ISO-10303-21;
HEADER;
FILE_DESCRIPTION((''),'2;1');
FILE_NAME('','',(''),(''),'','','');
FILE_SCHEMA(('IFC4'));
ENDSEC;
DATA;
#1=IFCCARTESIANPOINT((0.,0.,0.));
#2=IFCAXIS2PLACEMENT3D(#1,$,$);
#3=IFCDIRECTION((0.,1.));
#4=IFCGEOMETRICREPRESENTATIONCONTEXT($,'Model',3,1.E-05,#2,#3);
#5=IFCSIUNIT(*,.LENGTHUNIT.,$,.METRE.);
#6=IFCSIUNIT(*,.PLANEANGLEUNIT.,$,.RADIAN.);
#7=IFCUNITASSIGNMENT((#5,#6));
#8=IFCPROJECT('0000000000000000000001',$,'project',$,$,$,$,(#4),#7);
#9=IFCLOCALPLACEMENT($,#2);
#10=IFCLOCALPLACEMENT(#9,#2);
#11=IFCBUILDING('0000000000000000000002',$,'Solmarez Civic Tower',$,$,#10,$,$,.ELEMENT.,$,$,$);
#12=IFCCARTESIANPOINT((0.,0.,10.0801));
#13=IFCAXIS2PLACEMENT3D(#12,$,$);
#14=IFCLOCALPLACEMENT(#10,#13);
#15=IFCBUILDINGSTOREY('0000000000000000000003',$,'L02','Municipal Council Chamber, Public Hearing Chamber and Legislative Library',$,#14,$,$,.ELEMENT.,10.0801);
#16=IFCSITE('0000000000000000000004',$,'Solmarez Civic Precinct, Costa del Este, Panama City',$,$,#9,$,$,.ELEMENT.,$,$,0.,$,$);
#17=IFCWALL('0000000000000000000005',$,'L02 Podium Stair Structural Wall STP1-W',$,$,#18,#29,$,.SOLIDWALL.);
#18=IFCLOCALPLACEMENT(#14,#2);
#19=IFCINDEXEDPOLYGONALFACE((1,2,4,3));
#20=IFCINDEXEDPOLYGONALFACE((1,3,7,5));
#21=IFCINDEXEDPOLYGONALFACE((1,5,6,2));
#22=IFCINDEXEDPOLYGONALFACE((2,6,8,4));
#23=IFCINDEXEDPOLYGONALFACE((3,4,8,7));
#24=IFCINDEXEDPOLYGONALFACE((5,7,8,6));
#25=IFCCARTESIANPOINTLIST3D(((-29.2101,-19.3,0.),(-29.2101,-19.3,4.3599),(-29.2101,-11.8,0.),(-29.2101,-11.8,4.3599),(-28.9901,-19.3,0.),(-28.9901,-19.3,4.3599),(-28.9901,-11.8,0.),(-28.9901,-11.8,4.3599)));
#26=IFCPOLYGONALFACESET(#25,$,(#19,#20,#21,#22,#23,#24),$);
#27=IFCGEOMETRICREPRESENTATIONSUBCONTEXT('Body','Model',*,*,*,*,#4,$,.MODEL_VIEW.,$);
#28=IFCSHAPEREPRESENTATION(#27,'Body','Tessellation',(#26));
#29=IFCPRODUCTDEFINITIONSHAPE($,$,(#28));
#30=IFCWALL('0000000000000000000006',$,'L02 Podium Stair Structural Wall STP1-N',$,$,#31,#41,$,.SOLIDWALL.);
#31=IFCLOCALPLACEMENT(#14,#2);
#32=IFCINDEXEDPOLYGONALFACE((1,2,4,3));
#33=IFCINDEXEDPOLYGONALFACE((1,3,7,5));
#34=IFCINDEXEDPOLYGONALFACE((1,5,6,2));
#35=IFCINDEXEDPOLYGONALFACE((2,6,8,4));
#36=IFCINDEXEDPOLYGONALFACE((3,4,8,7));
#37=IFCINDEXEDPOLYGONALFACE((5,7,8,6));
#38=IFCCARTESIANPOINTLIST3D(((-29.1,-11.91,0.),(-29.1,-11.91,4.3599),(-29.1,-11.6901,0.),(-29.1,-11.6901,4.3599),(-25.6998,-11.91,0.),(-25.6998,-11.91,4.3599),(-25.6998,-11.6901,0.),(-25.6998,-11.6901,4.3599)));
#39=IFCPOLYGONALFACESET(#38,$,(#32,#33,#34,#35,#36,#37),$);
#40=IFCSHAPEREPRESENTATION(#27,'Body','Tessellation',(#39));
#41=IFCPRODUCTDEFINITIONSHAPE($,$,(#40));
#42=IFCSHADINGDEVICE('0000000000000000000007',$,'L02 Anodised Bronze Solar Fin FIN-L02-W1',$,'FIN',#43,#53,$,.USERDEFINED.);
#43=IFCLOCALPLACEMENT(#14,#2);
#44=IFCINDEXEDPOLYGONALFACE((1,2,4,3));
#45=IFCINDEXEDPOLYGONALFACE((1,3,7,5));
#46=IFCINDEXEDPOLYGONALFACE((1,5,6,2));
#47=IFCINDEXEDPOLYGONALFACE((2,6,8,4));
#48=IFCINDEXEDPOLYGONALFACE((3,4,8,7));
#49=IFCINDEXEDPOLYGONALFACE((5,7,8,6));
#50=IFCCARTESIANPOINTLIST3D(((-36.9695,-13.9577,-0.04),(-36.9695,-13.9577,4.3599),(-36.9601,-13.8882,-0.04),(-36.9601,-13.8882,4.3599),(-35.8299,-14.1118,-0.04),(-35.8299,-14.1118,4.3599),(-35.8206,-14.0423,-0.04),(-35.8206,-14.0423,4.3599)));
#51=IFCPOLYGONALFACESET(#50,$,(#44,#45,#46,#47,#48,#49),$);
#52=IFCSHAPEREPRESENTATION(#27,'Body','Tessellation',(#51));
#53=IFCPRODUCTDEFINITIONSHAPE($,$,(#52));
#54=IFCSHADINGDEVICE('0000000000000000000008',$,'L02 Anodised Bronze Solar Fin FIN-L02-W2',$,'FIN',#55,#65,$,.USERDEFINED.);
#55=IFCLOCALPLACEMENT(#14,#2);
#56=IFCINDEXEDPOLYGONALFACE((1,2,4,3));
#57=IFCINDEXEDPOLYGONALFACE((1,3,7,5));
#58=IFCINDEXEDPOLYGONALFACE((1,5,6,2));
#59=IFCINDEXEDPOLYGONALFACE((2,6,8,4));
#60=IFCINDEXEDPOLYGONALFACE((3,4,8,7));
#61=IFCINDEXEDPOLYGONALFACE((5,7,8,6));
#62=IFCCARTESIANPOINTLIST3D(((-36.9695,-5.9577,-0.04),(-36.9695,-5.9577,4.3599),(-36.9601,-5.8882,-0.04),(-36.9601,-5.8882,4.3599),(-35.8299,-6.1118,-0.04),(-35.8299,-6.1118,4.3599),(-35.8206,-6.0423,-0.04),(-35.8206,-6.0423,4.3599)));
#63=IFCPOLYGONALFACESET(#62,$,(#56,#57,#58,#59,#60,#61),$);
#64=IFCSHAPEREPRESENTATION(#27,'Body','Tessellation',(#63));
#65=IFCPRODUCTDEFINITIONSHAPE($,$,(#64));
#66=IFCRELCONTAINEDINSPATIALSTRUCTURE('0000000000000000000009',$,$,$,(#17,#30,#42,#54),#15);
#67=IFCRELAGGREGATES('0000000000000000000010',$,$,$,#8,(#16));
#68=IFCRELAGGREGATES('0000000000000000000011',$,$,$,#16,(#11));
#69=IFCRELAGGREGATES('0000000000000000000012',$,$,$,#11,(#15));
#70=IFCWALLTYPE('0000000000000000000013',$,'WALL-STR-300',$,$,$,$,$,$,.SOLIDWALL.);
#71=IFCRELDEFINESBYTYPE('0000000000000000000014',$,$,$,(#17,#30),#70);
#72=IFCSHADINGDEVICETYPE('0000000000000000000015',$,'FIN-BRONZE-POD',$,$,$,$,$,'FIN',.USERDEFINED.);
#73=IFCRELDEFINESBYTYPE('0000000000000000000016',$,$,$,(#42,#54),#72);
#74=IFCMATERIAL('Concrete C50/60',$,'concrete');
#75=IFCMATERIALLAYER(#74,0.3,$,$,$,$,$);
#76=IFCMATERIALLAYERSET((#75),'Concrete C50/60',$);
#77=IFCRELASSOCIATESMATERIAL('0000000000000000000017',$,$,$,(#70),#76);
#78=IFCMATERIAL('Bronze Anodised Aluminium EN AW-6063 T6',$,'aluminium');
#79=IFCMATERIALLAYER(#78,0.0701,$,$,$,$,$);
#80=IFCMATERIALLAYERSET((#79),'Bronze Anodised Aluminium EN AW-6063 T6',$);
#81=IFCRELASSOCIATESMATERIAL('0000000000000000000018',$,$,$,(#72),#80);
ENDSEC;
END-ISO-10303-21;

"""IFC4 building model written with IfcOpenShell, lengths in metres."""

from ifc_helpers import new_model, si_unit, direction, frame, frame_2d, origin, origin_2d, place, context, subcontext, project, spatial, rectangle, extrude, material, layer, layer_set, type_object, element, save


model = new_model("IFC4")

# Units and contexts
model_context = context("Model", 3, precision=1e-05, world=origin(), true_north=direction((0.0, 1.0)))
body_context = subcontext(model_context, "Body", "Model", "MODEL_VIEW")
ifc_project = project(units=[si_unit("LENGTHUNIT", "METRE"), si_unit("PLANEANGLEUNIT", "RADIAN")], contexts=[model_context])

# Site, building, storey
site_placement = place(None, origin())
site = spatial("IfcSite", under=ifc_project, at=site_placement, Name="Solmarez Civic Precinct, Costa del Este, Panama City", CompositionType="ELEMENT", RefElevation=0.0)
building_placement = place(site_placement, origin())
building = spatial("IfcBuilding", under=site, at=building_placement, Name="Solmarez Civic Tower", CompositionType="ELEMENT")
storey_placement = place(building_placement, frame((0.0, 0.0, 10.0801)))
storey = spatial("IfcBuildingStorey", under=building, at=storey_placement, Name="L02", Description="Municipal Council Chamber, Public Hearing Chamber and Legislative Library", CompositionType="ELEMENT", Elevation=10.0801)

# Shared definitions
ifc_material_1 = material(Name="Concrete C50/60", Category="concrete")

# Walls
ifc_layer_1 = layer(ifc_material_1, 0.3)
ifc_layer_set_1 = layer_set([ifc_layer_1], Name="Concrete C50/60")
wall_type_1 = type_object("IfcWallType", Name="WALL-STR-300", PredefinedType="SOLIDWALL", material=ifc_layer_set_1)
wall_1_placement = place(storey_placement, frame((-29.1001, -19.3, 0.0), z_axis=(0.0, 0.0, 1.0), x_axis=(0.0, 1.0, 0.0)))
element("IfcWall", 1, at=wall_1_placement, inside=storey, type_object=wall_type_1, Name="L02 Podium Stair Structural Wall STP1-W", PredefinedType="SOLIDWALL", context=body_context, shape_type="SweptSolid", body=[
    extrude(rectangle(XDim=7.5, YDim=0.22, at=frame_2d((3.75, 0.0))), origin(), (0.0, 0.0, 1.0), 4.3599),
])
wall_2_placement = place(storey_placement, frame((-29.1001, -11.8, 0.0), z_axis=(0.0, 0.0, 1.0), x_axis=(1.0, 0.0, 0.0)))
element("IfcWall", 2, at=wall_2_placement, inside=storey, type_object=wall_type_1, Name="L02 Podium Stair Structural Wall STP1-N", PredefinedType="SOLIDWALL", context=body_context, shape_type="SweptSolid", body=[
    extrude(rectangle(XDim=3.4001, YDim=0.22, at=frame_2d((1.7002, 0.0))), origin(), (0.0, 0.0, 1.0), 4.3599),
])

# Shading devices
ifc_material_2 = material(Name="Bronze Anodised Aluminium EN AW-6063 T6", Category="aluminium")
ifc_layer_2 = layer(ifc_material_2, 0.0701)
ifc_layer_set_2 = layer_set([ifc_layer_2], Name="Bronze Anodised Aluminium EN AW-6063 T6")
shading_device_type = type_object("IfcShadingDeviceType", Name="FIN-BRONZE-POD", ElementType="FIN", PredefinedType="USERDEFINED", material=ifc_layer_set_2)
for number, where, z_axis, x_axis, name in (
    (3, (-36.395, -14.0, -0.04), (0.0, 0.0, 1.0), (-0.990983, 0.133986, 0.0), "L02 Anodised Bronze Solar Fin FIN-L02-W1"),
    (4, (-36.395, -6.0, -0.04), (0.0, 0.0, 1.0), (-0.990983, 0.133986, 0.0), "L02 Anodised Bronze Solar Fin FIN-L02-W2"),
):
    element("IfcShadingDevice", number, at=place(storey_placement, frame(where, z_axis=z_axis, x_axis=x_axis)), inside=storey, type_object=shading_device_type, Name=name, ObjectType="FIN", PredefinedType="USERDEFINED", context=body_context, shape_type="SweptSolid", body=[
        extrude(rectangle(XDim=1.1499, YDim=0.0701, at=origin_2d()), origin(), (0.0, 0.0, 1.0), 4.3999),
    ])

save(model, "model.ifc")
